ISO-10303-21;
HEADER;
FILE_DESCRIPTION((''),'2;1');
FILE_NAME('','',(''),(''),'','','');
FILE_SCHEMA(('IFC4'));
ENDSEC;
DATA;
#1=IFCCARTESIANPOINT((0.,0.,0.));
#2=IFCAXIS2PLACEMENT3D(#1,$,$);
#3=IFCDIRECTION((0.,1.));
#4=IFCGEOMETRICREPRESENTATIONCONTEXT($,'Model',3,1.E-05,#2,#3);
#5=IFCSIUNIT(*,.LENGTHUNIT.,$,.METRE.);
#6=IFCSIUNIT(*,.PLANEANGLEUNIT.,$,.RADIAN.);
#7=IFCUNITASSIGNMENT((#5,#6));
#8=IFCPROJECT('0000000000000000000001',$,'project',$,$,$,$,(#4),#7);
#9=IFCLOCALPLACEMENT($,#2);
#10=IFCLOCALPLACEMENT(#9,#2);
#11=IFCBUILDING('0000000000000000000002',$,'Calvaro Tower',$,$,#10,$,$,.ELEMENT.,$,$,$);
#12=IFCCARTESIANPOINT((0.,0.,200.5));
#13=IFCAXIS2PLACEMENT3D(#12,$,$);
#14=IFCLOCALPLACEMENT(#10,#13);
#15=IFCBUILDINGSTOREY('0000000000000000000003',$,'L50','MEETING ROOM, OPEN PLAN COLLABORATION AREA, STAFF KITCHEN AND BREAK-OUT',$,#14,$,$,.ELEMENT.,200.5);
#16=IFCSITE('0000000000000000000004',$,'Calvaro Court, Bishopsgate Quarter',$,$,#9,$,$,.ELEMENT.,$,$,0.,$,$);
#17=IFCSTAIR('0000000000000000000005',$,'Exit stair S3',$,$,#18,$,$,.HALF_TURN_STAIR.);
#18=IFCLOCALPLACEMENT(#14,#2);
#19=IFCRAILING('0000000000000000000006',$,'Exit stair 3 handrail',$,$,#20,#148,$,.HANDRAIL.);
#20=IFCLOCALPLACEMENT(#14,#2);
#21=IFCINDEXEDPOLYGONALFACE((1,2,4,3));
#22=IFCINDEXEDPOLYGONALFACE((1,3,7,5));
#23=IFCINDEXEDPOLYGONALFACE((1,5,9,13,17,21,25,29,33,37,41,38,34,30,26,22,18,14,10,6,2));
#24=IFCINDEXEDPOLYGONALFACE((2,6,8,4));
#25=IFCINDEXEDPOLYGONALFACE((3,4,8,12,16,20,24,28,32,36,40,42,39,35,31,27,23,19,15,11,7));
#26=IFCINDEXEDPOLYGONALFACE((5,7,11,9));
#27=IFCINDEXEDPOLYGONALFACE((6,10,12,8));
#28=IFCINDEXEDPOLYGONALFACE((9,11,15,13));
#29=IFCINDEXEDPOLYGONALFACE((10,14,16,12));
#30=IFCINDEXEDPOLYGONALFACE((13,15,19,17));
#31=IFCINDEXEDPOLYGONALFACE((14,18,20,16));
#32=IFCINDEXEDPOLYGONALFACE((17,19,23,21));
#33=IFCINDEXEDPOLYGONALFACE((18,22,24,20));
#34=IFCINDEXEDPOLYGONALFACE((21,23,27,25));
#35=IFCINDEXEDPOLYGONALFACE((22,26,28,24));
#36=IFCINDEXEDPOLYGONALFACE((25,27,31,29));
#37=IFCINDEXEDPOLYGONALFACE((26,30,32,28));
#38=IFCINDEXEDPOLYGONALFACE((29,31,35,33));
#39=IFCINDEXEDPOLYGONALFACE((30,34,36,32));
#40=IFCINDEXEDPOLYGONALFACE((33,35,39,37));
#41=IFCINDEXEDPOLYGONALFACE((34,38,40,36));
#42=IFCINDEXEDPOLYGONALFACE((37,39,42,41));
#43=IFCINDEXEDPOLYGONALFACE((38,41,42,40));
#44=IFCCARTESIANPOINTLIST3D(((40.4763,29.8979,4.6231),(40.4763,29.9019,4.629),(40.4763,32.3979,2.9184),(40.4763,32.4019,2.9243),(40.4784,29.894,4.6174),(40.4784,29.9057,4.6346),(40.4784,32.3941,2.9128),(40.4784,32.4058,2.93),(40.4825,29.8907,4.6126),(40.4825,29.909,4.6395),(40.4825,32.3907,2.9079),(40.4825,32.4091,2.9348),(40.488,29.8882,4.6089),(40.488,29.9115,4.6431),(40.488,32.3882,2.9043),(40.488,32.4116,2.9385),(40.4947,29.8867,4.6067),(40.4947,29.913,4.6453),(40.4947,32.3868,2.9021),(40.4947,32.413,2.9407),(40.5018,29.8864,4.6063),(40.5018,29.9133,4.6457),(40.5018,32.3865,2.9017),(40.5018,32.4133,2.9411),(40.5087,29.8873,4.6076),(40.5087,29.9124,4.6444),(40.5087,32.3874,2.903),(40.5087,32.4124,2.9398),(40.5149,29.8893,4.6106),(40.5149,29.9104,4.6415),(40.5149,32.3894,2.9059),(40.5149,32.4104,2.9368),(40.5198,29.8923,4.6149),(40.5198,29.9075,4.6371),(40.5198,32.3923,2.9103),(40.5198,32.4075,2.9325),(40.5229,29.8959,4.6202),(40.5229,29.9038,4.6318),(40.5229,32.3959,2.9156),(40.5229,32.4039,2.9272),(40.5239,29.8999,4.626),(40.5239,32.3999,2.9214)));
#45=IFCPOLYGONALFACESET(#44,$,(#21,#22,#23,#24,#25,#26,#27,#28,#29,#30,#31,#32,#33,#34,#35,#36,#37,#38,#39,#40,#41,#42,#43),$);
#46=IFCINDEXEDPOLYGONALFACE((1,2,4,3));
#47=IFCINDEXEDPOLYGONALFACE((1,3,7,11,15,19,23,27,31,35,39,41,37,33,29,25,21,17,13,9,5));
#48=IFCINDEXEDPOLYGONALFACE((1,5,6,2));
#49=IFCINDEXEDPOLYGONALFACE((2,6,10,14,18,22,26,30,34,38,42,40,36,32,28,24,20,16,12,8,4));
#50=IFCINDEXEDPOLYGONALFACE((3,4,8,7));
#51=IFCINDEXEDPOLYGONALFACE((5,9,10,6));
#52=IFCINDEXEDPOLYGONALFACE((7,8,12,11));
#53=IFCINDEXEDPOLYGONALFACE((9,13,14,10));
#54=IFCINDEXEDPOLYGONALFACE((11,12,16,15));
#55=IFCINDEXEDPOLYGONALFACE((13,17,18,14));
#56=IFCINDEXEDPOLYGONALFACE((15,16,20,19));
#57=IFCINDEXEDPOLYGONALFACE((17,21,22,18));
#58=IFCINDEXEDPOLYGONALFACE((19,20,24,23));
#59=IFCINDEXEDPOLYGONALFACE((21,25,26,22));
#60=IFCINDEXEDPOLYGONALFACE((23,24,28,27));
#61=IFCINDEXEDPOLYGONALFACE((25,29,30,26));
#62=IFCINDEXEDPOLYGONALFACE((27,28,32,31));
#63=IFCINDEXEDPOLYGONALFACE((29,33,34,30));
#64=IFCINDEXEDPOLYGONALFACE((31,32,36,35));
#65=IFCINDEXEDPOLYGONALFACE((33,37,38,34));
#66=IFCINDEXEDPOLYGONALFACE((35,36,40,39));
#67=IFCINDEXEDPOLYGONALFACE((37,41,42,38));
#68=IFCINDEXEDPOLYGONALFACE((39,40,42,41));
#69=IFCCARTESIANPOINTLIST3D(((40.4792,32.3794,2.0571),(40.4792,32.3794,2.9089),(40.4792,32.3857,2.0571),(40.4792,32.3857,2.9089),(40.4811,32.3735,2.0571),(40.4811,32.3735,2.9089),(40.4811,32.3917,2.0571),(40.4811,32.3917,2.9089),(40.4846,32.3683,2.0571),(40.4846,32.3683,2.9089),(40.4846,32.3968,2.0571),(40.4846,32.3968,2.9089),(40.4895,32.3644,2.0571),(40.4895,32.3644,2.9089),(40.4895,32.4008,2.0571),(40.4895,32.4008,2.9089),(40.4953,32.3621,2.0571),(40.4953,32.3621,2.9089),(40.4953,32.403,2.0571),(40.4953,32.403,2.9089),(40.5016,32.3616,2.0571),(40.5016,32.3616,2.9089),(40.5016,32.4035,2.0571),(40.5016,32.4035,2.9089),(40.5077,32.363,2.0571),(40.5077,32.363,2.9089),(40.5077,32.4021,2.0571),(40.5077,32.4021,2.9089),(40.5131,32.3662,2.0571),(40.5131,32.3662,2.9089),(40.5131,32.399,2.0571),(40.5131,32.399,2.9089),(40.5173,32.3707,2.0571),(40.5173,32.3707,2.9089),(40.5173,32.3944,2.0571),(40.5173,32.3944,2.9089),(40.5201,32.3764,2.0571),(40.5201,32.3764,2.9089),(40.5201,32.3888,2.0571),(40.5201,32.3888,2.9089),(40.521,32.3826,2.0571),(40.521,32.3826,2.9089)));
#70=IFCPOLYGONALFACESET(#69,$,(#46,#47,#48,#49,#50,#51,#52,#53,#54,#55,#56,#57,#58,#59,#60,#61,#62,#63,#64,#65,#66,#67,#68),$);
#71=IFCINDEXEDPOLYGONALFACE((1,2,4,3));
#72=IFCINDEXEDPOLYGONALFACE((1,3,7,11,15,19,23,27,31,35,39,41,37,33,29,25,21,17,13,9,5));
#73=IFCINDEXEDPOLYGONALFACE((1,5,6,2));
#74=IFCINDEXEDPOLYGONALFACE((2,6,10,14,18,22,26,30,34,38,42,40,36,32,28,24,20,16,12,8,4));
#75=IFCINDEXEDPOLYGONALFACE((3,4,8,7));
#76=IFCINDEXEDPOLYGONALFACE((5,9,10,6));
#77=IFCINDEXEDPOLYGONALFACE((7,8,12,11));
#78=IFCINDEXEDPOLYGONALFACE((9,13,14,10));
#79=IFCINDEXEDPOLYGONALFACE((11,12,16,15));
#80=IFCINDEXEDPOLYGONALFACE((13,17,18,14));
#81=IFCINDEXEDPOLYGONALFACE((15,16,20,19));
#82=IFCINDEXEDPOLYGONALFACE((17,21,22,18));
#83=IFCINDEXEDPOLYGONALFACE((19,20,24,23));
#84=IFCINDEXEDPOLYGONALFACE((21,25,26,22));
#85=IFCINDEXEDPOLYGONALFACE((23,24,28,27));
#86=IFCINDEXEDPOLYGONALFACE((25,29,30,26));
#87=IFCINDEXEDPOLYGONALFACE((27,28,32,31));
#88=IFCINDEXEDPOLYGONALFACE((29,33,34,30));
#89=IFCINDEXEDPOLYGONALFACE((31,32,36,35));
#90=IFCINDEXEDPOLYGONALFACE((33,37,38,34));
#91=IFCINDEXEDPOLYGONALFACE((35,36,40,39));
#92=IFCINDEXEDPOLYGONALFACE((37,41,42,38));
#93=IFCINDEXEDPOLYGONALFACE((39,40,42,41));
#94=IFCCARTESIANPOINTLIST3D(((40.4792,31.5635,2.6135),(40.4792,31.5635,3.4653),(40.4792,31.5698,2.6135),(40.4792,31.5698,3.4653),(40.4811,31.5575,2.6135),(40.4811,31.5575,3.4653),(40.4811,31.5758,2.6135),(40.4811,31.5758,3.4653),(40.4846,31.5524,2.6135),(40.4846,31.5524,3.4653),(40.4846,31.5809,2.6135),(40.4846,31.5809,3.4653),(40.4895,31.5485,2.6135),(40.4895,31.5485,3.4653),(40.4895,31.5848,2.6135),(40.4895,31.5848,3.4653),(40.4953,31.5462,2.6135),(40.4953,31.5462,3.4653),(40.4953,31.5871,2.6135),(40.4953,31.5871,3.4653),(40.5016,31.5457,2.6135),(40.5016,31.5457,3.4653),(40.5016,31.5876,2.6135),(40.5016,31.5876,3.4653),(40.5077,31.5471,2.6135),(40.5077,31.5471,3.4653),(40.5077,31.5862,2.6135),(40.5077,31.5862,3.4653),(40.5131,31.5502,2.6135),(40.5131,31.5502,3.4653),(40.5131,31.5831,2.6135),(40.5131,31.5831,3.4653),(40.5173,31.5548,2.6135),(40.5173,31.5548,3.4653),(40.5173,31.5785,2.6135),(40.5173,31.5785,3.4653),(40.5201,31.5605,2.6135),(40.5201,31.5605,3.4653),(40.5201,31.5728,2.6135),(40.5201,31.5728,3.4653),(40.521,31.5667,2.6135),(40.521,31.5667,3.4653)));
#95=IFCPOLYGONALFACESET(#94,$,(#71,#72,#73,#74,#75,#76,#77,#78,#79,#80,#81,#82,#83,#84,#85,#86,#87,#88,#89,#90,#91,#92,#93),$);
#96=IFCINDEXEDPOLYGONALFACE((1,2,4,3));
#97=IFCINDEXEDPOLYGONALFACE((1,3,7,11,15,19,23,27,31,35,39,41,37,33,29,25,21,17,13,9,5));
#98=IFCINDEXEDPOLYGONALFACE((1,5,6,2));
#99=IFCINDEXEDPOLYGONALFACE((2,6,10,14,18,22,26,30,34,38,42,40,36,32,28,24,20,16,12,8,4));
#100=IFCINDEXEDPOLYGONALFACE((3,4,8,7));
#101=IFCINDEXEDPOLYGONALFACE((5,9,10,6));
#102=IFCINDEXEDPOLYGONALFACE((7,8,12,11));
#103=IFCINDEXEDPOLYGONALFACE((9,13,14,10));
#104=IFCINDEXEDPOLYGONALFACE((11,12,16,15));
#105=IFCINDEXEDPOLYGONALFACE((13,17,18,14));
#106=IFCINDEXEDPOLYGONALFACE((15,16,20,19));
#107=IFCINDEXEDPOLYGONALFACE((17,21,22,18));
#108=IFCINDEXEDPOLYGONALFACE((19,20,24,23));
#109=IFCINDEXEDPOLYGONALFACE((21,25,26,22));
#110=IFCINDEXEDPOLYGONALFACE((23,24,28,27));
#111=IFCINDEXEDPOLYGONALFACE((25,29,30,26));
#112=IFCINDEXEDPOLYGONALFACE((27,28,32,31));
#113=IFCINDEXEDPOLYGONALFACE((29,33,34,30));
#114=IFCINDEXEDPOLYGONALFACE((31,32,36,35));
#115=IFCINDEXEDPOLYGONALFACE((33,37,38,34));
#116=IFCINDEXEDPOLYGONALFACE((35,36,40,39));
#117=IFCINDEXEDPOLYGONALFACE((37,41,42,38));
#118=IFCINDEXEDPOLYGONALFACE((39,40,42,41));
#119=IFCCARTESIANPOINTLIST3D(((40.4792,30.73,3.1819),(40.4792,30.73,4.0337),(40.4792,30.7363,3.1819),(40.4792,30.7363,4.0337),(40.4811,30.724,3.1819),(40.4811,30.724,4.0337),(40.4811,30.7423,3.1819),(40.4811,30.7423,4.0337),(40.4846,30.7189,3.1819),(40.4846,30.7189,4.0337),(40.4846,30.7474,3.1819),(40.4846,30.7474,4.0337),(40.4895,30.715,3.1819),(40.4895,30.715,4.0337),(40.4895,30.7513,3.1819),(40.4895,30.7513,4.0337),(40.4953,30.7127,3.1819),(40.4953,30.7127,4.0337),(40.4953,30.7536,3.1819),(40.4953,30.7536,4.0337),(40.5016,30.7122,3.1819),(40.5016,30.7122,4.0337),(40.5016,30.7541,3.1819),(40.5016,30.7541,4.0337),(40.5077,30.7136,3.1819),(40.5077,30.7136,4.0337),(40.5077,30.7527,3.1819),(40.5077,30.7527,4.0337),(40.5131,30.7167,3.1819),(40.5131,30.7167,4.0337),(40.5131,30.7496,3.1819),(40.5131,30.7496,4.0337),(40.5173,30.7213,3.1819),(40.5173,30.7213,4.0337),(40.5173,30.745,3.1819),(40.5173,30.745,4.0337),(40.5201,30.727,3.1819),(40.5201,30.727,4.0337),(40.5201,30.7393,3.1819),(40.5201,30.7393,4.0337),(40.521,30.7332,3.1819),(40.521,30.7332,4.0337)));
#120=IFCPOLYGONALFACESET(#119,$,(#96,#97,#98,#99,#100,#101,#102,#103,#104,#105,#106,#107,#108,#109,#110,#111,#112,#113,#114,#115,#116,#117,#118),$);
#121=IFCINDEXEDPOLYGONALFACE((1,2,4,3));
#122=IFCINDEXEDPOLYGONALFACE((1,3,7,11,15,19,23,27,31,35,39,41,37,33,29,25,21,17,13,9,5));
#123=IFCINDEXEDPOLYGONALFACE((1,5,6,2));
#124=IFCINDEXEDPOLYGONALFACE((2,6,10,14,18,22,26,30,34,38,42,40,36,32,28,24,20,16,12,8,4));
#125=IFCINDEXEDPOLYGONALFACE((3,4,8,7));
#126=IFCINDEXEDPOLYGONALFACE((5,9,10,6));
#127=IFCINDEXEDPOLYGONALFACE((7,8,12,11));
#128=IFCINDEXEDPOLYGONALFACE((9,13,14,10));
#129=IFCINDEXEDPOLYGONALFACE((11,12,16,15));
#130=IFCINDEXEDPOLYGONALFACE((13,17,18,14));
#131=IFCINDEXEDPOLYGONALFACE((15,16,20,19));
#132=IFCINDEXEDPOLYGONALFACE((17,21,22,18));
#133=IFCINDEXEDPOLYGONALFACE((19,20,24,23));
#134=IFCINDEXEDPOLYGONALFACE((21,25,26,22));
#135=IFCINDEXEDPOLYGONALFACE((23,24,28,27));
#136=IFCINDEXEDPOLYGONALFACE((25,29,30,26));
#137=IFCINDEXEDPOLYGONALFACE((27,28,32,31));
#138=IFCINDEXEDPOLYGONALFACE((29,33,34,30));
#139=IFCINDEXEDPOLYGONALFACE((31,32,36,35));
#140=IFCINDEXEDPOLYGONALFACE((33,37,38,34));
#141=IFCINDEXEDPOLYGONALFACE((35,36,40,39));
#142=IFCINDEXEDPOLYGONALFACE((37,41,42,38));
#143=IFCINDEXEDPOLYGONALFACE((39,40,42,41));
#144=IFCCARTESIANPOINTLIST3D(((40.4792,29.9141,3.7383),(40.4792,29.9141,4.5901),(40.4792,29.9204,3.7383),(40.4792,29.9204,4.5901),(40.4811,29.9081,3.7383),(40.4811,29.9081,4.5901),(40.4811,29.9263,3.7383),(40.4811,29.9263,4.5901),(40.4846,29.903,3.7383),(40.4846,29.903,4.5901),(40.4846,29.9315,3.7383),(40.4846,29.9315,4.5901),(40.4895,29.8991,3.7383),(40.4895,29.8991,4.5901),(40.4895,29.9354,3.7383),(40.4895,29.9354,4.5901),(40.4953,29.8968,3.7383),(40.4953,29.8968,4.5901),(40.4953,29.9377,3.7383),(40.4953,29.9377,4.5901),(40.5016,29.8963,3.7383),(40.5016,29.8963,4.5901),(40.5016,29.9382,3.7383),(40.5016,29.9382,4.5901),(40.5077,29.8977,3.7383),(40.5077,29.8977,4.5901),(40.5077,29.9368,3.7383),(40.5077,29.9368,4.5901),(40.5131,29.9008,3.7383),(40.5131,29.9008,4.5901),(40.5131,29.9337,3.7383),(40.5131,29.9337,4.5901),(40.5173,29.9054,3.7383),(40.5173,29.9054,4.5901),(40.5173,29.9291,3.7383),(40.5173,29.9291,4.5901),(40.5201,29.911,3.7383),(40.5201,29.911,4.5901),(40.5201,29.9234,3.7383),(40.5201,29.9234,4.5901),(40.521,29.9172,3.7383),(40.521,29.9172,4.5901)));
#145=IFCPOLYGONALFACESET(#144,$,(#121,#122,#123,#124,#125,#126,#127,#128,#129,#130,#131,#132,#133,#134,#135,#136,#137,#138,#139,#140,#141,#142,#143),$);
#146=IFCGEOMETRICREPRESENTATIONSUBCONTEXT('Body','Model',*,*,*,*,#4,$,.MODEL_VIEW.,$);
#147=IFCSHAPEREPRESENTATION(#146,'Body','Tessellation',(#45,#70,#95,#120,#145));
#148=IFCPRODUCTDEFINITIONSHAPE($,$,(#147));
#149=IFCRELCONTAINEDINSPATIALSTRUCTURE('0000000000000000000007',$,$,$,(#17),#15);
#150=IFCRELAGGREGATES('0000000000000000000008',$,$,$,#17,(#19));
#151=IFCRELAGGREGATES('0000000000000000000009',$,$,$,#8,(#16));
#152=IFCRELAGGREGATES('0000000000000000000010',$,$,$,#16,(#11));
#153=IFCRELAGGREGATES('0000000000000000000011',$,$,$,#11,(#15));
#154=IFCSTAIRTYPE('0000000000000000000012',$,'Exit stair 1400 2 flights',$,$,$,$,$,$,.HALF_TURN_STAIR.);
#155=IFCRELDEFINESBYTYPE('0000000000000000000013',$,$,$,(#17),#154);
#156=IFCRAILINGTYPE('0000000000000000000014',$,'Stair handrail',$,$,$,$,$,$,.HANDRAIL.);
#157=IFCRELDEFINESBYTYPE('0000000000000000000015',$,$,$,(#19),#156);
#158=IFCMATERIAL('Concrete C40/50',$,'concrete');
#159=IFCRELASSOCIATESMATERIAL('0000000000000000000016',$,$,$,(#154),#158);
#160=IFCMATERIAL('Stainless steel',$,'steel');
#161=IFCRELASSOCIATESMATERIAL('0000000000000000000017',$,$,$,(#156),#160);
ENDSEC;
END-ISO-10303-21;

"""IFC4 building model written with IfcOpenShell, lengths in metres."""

from ifc_helpers import new_model, si_unit, direction, frame, origin, origin_2d, place, context, subcontext, project, spatial, circle, extrude, material, type_object, element, aggregate, save


model = new_model("IFC4")

# Units and contexts
model_context = context("Model", 3, precision=1e-05, world=origin(), true_north=direction((0.0, 1.0)))
body_context = subcontext(model_context, "Body", "Model", "MODEL_VIEW")
ifc_project = project(units=[si_unit("LENGTHUNIT", "METRE"), si_unit("PLANEANGLEUNIT", "RADIAN")], contexts=[model_context])

# Site, building, storey
site_placement = place(None, origin())
site = spatial("IfcSite", under=ifc_project, at=site_placement, Name="Calvaro Court, Bishopsgate Quarter", CompositionType="ELEMENT", RefElevation=0.0)
building_placement = place(site_placement, origin())
building = spatial("IfcBuilding", under=site, at=building_placement, Name="Calvaro Tower", CompositionType="ELEMENT")
storey_placement = place(building_placement, frame((0.0, 0.0, 200.5)))
storey = spatial("IfcBuildingStorey", under=building, at=storey_placement, Name="L50", Description="MEETING ROOM, OPEN PLAN COLLABORATION AREA, STAFF KITCHEN AND BREAK-OUT", CompositionType="ELEMENT", Elevation=200.5)

# Stair
ifc_material_1 = material(Name="Concrete C40/50", Category="concrete")
stair_type = type_object("IfcStairType", Name="Exit stair 1400 2 flights", PredefinedType="HALF_TURN_STAIR", material=ifc_material_1)
stair_1_placement = place(storey_placement, origin())
stair_1 = element("IfcStair", 1, at=stair_1_placement, inside=storey, type_object=stair_type, Name="Exit stair S3", PredefinedType="HALF_TURN_STAIR")

# Railing
ifc_material_2 = material(Name="Stainless steel", Category="steel")
railing_type = type_object("IfcRailingType", Name="Stair handrail", PredefinedType="HANDRAIL", material=ifc_material_2)
railing_1_placement = place(storey_placement, frame((40.5, 32.3999, 2.0454)))
railing_1 = element("IfcRailing", 2, at=railing_1_placement, type_object=railing_type, Name="Exit stair 3 handrail", PredefinedType="HANDRAIL", context=body_context, shape_type="SweptSolid", body=[
    extrude(circle(Radius=0.0239, at=origin_2d()), frame((0.0, 0.0, 0.876), z_axis=(0.0, -0.826221, 0.563347), x_axis=(1.0, 0.0, 0.0)), (0.0, 0.0, 1.0), 3.0259),
    extrude(circle(Radius=0.021, at=origin_2d()), frame((0.0, -0.0173, 0.0117)), (0.0, 0.0, 1.0), 0.8518),
    extrude(circle(Radius=0.021, at=origin_2d()), frame((0.0, -0.8333, 0.5681)), (0.0, 0.0, 1.0), 0.8518),
    extrude(circle(Radius=0.021, at=origin_2d()), frame((0.0, -1.6667, 1.1365)), (0.0, 0.0, 1.0), 0.8518),
    extrude(circle(Radius=0.021, at=origin_2d()), frame((0.0, -2.4827, 1.6929)), (0.0, 0.0, 1.0), 0.8518),
])
aggregate(stair_1, [railing_1])

save(model, "model.ifc")
